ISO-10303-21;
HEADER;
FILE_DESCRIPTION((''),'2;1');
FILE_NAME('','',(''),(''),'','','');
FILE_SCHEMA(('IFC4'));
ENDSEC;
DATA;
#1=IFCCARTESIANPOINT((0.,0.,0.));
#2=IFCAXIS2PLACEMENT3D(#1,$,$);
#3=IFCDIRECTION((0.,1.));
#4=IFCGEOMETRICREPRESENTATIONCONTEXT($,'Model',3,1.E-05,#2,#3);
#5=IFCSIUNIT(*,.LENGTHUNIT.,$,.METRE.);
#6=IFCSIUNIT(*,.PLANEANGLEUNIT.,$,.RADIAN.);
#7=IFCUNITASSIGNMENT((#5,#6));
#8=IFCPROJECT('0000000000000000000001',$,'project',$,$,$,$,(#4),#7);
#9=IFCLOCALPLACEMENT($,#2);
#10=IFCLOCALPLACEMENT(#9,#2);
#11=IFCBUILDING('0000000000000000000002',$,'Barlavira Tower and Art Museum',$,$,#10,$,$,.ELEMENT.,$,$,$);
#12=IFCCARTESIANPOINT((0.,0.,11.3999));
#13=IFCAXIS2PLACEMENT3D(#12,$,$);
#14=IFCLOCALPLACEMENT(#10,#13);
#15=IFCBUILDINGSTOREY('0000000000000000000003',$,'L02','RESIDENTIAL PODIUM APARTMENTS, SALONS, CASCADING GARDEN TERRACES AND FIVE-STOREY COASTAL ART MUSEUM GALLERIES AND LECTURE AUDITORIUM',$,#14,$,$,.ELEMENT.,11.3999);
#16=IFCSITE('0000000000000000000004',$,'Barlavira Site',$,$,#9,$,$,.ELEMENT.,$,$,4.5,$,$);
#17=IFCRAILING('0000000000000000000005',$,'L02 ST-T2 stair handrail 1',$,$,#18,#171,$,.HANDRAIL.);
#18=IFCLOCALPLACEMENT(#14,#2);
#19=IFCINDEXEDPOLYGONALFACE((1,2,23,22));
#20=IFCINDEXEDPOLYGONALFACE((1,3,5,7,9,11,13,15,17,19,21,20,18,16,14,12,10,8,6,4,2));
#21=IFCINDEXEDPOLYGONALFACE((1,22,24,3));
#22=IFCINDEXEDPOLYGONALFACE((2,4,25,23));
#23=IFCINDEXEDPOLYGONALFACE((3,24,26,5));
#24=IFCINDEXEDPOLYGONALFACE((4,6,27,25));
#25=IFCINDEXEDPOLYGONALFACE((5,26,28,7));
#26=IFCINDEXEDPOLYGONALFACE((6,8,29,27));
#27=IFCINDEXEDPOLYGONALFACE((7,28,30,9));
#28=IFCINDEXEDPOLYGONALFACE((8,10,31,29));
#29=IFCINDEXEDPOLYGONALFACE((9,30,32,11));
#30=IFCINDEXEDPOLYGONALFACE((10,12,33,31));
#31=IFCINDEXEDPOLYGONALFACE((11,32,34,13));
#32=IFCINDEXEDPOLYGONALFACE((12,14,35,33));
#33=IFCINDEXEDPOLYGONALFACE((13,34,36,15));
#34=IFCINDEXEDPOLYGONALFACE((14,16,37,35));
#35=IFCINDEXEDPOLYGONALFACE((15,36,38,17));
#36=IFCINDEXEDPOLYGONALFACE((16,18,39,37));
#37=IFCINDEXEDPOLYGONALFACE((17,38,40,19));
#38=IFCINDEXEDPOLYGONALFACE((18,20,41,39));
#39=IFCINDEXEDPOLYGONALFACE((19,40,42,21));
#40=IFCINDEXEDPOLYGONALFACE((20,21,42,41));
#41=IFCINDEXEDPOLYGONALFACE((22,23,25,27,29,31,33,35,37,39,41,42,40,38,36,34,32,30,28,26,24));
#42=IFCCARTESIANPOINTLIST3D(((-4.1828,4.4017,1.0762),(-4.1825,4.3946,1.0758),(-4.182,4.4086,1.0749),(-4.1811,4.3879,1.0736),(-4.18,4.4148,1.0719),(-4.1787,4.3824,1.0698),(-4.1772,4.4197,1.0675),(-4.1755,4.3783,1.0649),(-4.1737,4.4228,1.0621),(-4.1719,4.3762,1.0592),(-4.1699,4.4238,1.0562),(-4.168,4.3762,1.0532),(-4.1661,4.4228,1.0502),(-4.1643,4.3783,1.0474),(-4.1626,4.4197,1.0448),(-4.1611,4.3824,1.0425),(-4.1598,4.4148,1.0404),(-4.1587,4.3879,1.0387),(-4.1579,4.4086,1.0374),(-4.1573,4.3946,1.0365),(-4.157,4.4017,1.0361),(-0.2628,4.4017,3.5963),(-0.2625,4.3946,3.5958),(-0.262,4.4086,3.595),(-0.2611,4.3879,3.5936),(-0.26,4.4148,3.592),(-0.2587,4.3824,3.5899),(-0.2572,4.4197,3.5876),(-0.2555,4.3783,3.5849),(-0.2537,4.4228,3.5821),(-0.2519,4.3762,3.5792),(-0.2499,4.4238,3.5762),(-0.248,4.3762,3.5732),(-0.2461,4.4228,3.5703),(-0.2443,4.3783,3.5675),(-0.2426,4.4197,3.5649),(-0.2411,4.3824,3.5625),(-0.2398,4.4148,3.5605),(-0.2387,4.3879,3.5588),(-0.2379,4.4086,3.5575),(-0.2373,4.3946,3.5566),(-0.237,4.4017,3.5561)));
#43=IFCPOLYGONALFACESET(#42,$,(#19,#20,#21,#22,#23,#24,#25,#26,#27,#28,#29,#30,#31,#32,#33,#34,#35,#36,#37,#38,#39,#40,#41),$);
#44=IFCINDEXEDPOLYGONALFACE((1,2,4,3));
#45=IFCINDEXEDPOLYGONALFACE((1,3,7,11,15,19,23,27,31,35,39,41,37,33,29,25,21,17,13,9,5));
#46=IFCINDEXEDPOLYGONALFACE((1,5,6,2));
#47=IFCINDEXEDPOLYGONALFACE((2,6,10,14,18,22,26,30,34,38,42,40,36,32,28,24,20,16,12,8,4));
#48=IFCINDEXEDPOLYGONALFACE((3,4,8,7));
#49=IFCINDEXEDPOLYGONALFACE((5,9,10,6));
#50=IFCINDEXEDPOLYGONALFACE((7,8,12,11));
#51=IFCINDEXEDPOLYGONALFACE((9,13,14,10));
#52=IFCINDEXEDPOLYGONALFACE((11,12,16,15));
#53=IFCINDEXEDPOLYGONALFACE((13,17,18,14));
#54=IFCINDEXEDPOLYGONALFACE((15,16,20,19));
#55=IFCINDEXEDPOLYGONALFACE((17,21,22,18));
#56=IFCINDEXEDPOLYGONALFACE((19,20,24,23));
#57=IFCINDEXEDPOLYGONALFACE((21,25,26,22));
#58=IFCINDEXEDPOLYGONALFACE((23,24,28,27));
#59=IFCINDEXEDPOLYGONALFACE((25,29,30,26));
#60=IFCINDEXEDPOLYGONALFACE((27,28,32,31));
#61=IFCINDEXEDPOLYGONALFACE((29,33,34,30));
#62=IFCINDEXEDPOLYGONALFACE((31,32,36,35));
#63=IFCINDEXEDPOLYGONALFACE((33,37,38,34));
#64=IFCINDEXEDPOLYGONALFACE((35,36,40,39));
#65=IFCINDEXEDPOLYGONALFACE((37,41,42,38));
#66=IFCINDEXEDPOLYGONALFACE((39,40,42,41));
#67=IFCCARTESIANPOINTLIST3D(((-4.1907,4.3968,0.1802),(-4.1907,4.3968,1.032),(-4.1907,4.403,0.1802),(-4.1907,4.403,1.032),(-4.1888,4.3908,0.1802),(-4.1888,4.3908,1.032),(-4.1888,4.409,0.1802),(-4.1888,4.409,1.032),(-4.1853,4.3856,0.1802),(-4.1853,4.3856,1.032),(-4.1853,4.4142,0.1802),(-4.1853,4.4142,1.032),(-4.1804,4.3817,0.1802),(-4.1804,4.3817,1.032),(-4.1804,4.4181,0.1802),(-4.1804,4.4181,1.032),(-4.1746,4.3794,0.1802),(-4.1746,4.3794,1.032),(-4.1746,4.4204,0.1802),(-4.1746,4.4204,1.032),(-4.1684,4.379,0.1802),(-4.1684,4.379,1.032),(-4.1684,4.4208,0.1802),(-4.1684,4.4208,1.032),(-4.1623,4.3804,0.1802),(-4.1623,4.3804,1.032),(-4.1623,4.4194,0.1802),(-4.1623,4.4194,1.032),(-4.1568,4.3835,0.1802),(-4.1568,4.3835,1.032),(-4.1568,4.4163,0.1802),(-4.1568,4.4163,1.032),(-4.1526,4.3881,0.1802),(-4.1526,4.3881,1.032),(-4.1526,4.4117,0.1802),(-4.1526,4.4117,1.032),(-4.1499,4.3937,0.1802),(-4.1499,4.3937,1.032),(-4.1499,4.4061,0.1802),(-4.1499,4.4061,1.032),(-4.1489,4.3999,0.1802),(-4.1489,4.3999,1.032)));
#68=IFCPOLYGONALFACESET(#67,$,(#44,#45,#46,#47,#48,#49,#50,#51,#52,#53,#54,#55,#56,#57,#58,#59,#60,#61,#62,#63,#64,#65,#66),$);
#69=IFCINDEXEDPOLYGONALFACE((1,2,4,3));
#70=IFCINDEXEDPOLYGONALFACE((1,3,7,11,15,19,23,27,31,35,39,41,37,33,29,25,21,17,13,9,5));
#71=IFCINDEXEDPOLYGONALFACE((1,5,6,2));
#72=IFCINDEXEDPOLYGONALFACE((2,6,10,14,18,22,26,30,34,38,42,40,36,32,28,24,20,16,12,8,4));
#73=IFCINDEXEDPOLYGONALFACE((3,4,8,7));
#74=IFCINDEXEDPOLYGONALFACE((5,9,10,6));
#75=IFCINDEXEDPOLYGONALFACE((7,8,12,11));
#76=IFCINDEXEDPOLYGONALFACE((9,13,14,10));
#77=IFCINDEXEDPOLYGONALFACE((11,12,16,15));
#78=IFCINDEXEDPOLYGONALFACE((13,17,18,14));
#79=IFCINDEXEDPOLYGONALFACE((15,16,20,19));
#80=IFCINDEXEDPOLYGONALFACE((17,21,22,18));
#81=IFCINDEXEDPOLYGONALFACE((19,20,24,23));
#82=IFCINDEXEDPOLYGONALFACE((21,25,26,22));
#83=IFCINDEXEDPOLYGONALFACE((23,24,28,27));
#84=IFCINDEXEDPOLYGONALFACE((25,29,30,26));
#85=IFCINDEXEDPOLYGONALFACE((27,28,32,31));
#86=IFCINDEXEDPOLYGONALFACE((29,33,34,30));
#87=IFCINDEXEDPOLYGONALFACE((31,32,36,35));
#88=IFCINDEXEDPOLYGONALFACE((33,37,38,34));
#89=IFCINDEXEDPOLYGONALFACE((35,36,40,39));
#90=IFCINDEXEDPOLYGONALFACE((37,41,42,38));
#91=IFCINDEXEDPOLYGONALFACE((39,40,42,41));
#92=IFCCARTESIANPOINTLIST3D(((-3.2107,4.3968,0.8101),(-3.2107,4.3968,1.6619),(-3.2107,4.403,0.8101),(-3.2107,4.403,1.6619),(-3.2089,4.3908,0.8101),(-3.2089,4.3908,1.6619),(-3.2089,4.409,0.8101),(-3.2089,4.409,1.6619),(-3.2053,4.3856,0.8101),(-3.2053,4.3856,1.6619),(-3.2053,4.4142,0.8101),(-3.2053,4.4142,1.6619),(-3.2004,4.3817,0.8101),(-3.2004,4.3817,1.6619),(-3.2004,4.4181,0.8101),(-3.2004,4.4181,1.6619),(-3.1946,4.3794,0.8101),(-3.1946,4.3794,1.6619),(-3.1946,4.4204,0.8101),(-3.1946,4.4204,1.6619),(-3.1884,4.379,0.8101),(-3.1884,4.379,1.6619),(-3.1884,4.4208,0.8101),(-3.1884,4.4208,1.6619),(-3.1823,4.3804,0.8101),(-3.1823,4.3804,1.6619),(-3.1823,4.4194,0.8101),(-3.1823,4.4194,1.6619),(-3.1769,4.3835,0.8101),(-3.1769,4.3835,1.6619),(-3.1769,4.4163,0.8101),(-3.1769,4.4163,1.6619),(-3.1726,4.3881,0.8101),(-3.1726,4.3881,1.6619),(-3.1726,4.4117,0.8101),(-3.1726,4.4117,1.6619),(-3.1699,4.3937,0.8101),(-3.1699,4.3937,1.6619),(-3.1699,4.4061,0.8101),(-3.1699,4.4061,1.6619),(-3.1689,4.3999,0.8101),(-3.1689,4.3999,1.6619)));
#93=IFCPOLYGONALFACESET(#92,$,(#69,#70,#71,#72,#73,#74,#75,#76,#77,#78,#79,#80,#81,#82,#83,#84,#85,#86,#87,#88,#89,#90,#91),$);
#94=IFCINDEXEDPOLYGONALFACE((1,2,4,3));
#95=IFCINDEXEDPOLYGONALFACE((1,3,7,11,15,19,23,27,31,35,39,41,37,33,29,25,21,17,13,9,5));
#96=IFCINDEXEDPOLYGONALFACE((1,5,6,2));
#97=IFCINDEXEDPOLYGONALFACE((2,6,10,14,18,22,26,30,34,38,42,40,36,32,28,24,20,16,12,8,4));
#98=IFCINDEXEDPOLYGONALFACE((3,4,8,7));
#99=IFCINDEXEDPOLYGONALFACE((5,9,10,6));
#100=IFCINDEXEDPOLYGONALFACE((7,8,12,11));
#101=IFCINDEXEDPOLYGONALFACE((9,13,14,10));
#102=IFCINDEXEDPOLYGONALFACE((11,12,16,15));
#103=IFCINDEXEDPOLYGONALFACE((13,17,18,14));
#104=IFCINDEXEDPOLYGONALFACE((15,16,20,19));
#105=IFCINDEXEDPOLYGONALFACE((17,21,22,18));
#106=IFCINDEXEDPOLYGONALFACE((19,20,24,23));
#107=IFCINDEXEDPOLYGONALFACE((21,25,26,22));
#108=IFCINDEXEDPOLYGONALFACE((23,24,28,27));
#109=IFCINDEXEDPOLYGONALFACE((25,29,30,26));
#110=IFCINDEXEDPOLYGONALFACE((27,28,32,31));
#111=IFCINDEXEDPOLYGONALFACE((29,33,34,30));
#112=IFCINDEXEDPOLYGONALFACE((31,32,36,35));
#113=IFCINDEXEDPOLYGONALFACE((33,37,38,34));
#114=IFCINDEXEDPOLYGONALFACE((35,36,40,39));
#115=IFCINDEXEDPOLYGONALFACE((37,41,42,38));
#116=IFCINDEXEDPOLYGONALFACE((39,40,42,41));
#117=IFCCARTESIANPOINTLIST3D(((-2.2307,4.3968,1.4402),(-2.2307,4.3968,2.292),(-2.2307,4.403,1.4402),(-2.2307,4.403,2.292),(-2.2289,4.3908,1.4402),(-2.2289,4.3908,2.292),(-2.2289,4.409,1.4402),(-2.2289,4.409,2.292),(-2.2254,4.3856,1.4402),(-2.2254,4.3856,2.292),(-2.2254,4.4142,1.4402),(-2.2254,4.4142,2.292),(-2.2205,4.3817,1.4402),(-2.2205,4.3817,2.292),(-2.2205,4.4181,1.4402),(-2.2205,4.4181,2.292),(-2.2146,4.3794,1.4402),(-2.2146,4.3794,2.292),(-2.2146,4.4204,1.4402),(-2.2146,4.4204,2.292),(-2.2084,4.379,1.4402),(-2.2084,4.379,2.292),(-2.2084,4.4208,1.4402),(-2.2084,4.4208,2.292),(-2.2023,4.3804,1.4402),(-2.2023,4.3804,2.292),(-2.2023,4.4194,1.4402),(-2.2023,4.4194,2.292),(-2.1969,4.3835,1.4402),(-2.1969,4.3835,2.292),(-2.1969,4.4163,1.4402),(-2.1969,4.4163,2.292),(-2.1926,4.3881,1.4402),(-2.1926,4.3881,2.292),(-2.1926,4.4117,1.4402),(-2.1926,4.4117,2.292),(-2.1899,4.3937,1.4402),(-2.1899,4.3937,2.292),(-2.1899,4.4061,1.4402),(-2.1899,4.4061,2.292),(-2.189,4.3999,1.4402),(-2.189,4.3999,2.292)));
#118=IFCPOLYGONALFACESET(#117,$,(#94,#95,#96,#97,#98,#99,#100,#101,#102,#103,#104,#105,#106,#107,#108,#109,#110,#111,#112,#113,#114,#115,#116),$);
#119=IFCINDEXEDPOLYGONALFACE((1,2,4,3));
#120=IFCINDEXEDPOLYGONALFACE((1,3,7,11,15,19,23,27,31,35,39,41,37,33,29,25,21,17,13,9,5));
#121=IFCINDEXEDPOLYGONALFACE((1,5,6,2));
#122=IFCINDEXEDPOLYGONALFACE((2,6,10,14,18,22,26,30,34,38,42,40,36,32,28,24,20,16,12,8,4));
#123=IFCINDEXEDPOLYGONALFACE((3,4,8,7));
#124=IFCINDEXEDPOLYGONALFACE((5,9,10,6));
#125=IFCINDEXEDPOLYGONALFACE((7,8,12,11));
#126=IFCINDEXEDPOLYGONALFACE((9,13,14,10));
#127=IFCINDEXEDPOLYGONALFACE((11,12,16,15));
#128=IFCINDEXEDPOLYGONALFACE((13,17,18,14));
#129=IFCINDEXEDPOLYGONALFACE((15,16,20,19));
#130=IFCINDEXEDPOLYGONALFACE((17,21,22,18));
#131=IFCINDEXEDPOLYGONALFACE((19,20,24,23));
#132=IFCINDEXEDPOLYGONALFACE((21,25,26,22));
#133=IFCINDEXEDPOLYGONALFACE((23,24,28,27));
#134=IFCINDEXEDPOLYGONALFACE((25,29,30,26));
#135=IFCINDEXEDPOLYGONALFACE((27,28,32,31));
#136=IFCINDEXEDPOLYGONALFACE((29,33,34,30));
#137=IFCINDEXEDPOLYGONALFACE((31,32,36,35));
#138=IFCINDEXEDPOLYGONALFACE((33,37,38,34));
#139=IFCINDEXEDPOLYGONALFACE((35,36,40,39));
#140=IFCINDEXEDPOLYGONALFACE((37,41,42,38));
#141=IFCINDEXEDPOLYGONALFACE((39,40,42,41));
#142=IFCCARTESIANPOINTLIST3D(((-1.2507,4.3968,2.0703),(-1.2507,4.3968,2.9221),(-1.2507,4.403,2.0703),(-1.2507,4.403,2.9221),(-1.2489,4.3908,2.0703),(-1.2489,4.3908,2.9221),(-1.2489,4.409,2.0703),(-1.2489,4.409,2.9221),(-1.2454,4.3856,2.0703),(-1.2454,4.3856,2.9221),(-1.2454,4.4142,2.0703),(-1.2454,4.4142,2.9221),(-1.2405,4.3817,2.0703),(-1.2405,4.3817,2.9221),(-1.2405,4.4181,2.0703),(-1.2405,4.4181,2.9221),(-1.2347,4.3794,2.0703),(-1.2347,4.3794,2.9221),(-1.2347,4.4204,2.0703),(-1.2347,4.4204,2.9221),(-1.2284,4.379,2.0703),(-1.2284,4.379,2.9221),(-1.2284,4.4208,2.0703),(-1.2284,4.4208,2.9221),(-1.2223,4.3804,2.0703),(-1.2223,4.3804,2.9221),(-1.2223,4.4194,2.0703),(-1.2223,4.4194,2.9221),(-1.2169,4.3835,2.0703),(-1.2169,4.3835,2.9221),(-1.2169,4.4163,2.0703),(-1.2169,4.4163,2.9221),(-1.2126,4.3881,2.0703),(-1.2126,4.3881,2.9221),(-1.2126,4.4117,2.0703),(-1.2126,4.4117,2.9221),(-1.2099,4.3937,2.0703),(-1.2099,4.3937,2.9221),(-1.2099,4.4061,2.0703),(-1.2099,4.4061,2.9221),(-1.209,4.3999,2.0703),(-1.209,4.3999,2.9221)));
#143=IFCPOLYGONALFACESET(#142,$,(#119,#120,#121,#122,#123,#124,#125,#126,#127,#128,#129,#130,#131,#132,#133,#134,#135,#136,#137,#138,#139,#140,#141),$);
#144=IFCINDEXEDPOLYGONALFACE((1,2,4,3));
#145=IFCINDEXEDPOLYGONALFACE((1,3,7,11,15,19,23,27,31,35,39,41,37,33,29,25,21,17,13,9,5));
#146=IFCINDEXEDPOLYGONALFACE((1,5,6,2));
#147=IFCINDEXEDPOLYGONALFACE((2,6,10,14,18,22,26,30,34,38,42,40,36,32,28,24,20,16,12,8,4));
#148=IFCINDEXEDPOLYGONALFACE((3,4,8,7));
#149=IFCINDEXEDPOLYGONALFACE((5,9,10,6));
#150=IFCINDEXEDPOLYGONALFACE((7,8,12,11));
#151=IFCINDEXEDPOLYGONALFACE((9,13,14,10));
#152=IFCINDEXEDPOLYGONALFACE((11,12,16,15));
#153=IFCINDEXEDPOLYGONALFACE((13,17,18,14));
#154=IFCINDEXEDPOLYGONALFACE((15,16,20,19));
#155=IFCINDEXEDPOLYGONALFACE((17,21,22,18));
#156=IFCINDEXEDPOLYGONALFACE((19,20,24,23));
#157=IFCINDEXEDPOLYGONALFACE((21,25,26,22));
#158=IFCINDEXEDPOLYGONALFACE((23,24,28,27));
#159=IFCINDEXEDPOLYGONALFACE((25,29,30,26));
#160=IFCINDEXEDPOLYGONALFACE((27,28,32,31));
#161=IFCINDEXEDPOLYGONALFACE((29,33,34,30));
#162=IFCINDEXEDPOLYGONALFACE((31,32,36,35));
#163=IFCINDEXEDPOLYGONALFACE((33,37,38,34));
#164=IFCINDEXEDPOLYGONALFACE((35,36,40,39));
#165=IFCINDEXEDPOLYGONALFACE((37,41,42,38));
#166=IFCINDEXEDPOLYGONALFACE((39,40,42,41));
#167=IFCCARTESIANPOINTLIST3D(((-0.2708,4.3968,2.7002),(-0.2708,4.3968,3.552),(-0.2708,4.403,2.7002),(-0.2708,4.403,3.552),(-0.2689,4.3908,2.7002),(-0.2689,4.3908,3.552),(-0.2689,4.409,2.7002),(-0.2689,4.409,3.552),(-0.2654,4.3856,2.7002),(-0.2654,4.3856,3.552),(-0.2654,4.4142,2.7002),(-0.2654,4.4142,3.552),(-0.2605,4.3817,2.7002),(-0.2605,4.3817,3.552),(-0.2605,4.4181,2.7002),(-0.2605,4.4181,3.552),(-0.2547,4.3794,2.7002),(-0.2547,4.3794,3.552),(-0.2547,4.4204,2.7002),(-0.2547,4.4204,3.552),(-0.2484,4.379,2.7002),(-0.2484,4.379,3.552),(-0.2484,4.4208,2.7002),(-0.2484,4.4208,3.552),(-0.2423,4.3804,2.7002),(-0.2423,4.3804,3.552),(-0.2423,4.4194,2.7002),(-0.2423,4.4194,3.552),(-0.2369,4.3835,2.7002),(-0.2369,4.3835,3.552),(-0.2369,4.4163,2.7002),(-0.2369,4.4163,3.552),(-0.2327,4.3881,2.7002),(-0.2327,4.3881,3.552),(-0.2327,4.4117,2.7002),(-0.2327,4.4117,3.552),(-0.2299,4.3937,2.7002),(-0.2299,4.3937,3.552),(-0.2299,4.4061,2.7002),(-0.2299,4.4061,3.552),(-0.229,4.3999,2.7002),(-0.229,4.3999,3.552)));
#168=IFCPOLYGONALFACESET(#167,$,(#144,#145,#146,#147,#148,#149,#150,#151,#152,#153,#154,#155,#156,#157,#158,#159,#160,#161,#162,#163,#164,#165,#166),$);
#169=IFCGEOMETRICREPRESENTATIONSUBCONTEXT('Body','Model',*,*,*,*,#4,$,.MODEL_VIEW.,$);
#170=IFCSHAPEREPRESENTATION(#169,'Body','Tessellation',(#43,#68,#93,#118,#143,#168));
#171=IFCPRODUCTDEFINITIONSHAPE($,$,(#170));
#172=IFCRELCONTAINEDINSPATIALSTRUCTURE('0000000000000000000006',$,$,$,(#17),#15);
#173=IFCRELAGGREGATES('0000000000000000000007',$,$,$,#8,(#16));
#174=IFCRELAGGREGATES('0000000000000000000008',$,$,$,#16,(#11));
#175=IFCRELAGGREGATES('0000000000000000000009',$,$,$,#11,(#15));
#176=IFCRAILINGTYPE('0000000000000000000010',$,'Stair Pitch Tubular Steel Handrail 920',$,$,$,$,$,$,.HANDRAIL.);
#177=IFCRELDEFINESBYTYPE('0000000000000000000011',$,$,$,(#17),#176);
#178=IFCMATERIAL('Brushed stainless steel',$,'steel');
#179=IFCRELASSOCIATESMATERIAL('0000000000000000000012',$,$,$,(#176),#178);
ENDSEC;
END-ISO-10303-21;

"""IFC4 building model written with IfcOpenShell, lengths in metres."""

from ifc_helpers import new_model, si_unit, direction, frame, origin, origin_2d, place, context, subcontext, project, spatial, circle, extrude, material, type_object, element, save


model = new_model("IFC4")

# Units and contexts
model_context = context("Model", 3, precision=1e-05, world=origin(), true_north=direction((0.0, 1.0)))
body_context = subcontext(model_context, "Body", "Model", "MODEL_VIEW")
ifc_project = project(units=[si_unit("LENGTHUNIT", "METRE"), si_unit("PLANEANGLEUNIT", "RADIAN")], contexts=[model_context])

# Site, building, storey
site_placement = place(None, origin())
site = spatial("IfcSite", under=ifc_project, at=site_placement, Name="Barlavira Site", CompositionType="ELEMENT", RefElevation=4.5)
building_placement = place(site_placement, origin())
building = spatial("IfcBuilding", under=site, at=building_placement, Name="Barlavira Tower and Art Museum", CompositionType="ELEMENT")
storey_placement = place(building_placement, frame((0.0, 0.0, 11.3999)))
storey = spatial("IfcBuildingStorey", under=building, at=storey_placement, Name="L02", Description="RESIDENTIAL PODIUM APARTMENTS, SALONS, CASCADING GARDEN TERRACES AND FIVE-STOREY COASTAL ART MUSEUM GALLERIES AND LECTURE AUDITORIUM", CompositionType="ELEMENT", Elevation=11.3999)

# Shared definitions
ifc_material_1 = material(Name="Brushed stainless steel", Category="steel")

# Railing
railing_type_1 = type_object("IfcRailingType", Name="Stair Pitch Tubular Steel Handrail 920", PredefinedType="HANDRAIL", material=ifc_material_1)
railing_1_placement = place(storey_placement, frame((-4.1699, 4.3999, 0.1802)))
element("IfcRailing", 1, at=railing_1_placement, inside=storey, type_object=railing_type_1, Name="L02 ST-T2 stair handrail 1", PredefinedType="HANDRAIL", context=body_context, shape_type="SweptSolid", body=[
    extrude(circle(Radius=0.0239, at=origin_2d()), frame((0.0, 0.0, 0.876), z_axis=(0.841172, 0.0, 0.540768), x_axis=(0.0, 1.0, 0.0)), (0.0, 0.0, 1.0), 4.6602),
    extrude(circle(Radius=0.021, at=origin_2d()), origin(), (0.0, 0.0, 1.0), 0.8518),
    extrude(circle(Radius=0.021, at=origin_2d()), frame((0.98, 0.0, 0.6299)), (0.0, 0.0, 1.0), 0.8518),
    extrude(circle(Radius=0.021, at=origin_2d()), frame((1.96, 0.0, 1.26)), (0.0, 0.0, 1.0), 0.8518),
    extrude(circle(Radius=0.021, at=origin_2d()), frame((2.9399, 0.0, 1.8901)), (0.0, 0.0, 1.0), 0.8518),
    extrude(circle(Radius=0.021, at=origin_2d()), frame((3.9199, 0.0, 2.52)), (0.0, 0.0, 1.0), 0.8518),
])

save(model, "model.ifc")
